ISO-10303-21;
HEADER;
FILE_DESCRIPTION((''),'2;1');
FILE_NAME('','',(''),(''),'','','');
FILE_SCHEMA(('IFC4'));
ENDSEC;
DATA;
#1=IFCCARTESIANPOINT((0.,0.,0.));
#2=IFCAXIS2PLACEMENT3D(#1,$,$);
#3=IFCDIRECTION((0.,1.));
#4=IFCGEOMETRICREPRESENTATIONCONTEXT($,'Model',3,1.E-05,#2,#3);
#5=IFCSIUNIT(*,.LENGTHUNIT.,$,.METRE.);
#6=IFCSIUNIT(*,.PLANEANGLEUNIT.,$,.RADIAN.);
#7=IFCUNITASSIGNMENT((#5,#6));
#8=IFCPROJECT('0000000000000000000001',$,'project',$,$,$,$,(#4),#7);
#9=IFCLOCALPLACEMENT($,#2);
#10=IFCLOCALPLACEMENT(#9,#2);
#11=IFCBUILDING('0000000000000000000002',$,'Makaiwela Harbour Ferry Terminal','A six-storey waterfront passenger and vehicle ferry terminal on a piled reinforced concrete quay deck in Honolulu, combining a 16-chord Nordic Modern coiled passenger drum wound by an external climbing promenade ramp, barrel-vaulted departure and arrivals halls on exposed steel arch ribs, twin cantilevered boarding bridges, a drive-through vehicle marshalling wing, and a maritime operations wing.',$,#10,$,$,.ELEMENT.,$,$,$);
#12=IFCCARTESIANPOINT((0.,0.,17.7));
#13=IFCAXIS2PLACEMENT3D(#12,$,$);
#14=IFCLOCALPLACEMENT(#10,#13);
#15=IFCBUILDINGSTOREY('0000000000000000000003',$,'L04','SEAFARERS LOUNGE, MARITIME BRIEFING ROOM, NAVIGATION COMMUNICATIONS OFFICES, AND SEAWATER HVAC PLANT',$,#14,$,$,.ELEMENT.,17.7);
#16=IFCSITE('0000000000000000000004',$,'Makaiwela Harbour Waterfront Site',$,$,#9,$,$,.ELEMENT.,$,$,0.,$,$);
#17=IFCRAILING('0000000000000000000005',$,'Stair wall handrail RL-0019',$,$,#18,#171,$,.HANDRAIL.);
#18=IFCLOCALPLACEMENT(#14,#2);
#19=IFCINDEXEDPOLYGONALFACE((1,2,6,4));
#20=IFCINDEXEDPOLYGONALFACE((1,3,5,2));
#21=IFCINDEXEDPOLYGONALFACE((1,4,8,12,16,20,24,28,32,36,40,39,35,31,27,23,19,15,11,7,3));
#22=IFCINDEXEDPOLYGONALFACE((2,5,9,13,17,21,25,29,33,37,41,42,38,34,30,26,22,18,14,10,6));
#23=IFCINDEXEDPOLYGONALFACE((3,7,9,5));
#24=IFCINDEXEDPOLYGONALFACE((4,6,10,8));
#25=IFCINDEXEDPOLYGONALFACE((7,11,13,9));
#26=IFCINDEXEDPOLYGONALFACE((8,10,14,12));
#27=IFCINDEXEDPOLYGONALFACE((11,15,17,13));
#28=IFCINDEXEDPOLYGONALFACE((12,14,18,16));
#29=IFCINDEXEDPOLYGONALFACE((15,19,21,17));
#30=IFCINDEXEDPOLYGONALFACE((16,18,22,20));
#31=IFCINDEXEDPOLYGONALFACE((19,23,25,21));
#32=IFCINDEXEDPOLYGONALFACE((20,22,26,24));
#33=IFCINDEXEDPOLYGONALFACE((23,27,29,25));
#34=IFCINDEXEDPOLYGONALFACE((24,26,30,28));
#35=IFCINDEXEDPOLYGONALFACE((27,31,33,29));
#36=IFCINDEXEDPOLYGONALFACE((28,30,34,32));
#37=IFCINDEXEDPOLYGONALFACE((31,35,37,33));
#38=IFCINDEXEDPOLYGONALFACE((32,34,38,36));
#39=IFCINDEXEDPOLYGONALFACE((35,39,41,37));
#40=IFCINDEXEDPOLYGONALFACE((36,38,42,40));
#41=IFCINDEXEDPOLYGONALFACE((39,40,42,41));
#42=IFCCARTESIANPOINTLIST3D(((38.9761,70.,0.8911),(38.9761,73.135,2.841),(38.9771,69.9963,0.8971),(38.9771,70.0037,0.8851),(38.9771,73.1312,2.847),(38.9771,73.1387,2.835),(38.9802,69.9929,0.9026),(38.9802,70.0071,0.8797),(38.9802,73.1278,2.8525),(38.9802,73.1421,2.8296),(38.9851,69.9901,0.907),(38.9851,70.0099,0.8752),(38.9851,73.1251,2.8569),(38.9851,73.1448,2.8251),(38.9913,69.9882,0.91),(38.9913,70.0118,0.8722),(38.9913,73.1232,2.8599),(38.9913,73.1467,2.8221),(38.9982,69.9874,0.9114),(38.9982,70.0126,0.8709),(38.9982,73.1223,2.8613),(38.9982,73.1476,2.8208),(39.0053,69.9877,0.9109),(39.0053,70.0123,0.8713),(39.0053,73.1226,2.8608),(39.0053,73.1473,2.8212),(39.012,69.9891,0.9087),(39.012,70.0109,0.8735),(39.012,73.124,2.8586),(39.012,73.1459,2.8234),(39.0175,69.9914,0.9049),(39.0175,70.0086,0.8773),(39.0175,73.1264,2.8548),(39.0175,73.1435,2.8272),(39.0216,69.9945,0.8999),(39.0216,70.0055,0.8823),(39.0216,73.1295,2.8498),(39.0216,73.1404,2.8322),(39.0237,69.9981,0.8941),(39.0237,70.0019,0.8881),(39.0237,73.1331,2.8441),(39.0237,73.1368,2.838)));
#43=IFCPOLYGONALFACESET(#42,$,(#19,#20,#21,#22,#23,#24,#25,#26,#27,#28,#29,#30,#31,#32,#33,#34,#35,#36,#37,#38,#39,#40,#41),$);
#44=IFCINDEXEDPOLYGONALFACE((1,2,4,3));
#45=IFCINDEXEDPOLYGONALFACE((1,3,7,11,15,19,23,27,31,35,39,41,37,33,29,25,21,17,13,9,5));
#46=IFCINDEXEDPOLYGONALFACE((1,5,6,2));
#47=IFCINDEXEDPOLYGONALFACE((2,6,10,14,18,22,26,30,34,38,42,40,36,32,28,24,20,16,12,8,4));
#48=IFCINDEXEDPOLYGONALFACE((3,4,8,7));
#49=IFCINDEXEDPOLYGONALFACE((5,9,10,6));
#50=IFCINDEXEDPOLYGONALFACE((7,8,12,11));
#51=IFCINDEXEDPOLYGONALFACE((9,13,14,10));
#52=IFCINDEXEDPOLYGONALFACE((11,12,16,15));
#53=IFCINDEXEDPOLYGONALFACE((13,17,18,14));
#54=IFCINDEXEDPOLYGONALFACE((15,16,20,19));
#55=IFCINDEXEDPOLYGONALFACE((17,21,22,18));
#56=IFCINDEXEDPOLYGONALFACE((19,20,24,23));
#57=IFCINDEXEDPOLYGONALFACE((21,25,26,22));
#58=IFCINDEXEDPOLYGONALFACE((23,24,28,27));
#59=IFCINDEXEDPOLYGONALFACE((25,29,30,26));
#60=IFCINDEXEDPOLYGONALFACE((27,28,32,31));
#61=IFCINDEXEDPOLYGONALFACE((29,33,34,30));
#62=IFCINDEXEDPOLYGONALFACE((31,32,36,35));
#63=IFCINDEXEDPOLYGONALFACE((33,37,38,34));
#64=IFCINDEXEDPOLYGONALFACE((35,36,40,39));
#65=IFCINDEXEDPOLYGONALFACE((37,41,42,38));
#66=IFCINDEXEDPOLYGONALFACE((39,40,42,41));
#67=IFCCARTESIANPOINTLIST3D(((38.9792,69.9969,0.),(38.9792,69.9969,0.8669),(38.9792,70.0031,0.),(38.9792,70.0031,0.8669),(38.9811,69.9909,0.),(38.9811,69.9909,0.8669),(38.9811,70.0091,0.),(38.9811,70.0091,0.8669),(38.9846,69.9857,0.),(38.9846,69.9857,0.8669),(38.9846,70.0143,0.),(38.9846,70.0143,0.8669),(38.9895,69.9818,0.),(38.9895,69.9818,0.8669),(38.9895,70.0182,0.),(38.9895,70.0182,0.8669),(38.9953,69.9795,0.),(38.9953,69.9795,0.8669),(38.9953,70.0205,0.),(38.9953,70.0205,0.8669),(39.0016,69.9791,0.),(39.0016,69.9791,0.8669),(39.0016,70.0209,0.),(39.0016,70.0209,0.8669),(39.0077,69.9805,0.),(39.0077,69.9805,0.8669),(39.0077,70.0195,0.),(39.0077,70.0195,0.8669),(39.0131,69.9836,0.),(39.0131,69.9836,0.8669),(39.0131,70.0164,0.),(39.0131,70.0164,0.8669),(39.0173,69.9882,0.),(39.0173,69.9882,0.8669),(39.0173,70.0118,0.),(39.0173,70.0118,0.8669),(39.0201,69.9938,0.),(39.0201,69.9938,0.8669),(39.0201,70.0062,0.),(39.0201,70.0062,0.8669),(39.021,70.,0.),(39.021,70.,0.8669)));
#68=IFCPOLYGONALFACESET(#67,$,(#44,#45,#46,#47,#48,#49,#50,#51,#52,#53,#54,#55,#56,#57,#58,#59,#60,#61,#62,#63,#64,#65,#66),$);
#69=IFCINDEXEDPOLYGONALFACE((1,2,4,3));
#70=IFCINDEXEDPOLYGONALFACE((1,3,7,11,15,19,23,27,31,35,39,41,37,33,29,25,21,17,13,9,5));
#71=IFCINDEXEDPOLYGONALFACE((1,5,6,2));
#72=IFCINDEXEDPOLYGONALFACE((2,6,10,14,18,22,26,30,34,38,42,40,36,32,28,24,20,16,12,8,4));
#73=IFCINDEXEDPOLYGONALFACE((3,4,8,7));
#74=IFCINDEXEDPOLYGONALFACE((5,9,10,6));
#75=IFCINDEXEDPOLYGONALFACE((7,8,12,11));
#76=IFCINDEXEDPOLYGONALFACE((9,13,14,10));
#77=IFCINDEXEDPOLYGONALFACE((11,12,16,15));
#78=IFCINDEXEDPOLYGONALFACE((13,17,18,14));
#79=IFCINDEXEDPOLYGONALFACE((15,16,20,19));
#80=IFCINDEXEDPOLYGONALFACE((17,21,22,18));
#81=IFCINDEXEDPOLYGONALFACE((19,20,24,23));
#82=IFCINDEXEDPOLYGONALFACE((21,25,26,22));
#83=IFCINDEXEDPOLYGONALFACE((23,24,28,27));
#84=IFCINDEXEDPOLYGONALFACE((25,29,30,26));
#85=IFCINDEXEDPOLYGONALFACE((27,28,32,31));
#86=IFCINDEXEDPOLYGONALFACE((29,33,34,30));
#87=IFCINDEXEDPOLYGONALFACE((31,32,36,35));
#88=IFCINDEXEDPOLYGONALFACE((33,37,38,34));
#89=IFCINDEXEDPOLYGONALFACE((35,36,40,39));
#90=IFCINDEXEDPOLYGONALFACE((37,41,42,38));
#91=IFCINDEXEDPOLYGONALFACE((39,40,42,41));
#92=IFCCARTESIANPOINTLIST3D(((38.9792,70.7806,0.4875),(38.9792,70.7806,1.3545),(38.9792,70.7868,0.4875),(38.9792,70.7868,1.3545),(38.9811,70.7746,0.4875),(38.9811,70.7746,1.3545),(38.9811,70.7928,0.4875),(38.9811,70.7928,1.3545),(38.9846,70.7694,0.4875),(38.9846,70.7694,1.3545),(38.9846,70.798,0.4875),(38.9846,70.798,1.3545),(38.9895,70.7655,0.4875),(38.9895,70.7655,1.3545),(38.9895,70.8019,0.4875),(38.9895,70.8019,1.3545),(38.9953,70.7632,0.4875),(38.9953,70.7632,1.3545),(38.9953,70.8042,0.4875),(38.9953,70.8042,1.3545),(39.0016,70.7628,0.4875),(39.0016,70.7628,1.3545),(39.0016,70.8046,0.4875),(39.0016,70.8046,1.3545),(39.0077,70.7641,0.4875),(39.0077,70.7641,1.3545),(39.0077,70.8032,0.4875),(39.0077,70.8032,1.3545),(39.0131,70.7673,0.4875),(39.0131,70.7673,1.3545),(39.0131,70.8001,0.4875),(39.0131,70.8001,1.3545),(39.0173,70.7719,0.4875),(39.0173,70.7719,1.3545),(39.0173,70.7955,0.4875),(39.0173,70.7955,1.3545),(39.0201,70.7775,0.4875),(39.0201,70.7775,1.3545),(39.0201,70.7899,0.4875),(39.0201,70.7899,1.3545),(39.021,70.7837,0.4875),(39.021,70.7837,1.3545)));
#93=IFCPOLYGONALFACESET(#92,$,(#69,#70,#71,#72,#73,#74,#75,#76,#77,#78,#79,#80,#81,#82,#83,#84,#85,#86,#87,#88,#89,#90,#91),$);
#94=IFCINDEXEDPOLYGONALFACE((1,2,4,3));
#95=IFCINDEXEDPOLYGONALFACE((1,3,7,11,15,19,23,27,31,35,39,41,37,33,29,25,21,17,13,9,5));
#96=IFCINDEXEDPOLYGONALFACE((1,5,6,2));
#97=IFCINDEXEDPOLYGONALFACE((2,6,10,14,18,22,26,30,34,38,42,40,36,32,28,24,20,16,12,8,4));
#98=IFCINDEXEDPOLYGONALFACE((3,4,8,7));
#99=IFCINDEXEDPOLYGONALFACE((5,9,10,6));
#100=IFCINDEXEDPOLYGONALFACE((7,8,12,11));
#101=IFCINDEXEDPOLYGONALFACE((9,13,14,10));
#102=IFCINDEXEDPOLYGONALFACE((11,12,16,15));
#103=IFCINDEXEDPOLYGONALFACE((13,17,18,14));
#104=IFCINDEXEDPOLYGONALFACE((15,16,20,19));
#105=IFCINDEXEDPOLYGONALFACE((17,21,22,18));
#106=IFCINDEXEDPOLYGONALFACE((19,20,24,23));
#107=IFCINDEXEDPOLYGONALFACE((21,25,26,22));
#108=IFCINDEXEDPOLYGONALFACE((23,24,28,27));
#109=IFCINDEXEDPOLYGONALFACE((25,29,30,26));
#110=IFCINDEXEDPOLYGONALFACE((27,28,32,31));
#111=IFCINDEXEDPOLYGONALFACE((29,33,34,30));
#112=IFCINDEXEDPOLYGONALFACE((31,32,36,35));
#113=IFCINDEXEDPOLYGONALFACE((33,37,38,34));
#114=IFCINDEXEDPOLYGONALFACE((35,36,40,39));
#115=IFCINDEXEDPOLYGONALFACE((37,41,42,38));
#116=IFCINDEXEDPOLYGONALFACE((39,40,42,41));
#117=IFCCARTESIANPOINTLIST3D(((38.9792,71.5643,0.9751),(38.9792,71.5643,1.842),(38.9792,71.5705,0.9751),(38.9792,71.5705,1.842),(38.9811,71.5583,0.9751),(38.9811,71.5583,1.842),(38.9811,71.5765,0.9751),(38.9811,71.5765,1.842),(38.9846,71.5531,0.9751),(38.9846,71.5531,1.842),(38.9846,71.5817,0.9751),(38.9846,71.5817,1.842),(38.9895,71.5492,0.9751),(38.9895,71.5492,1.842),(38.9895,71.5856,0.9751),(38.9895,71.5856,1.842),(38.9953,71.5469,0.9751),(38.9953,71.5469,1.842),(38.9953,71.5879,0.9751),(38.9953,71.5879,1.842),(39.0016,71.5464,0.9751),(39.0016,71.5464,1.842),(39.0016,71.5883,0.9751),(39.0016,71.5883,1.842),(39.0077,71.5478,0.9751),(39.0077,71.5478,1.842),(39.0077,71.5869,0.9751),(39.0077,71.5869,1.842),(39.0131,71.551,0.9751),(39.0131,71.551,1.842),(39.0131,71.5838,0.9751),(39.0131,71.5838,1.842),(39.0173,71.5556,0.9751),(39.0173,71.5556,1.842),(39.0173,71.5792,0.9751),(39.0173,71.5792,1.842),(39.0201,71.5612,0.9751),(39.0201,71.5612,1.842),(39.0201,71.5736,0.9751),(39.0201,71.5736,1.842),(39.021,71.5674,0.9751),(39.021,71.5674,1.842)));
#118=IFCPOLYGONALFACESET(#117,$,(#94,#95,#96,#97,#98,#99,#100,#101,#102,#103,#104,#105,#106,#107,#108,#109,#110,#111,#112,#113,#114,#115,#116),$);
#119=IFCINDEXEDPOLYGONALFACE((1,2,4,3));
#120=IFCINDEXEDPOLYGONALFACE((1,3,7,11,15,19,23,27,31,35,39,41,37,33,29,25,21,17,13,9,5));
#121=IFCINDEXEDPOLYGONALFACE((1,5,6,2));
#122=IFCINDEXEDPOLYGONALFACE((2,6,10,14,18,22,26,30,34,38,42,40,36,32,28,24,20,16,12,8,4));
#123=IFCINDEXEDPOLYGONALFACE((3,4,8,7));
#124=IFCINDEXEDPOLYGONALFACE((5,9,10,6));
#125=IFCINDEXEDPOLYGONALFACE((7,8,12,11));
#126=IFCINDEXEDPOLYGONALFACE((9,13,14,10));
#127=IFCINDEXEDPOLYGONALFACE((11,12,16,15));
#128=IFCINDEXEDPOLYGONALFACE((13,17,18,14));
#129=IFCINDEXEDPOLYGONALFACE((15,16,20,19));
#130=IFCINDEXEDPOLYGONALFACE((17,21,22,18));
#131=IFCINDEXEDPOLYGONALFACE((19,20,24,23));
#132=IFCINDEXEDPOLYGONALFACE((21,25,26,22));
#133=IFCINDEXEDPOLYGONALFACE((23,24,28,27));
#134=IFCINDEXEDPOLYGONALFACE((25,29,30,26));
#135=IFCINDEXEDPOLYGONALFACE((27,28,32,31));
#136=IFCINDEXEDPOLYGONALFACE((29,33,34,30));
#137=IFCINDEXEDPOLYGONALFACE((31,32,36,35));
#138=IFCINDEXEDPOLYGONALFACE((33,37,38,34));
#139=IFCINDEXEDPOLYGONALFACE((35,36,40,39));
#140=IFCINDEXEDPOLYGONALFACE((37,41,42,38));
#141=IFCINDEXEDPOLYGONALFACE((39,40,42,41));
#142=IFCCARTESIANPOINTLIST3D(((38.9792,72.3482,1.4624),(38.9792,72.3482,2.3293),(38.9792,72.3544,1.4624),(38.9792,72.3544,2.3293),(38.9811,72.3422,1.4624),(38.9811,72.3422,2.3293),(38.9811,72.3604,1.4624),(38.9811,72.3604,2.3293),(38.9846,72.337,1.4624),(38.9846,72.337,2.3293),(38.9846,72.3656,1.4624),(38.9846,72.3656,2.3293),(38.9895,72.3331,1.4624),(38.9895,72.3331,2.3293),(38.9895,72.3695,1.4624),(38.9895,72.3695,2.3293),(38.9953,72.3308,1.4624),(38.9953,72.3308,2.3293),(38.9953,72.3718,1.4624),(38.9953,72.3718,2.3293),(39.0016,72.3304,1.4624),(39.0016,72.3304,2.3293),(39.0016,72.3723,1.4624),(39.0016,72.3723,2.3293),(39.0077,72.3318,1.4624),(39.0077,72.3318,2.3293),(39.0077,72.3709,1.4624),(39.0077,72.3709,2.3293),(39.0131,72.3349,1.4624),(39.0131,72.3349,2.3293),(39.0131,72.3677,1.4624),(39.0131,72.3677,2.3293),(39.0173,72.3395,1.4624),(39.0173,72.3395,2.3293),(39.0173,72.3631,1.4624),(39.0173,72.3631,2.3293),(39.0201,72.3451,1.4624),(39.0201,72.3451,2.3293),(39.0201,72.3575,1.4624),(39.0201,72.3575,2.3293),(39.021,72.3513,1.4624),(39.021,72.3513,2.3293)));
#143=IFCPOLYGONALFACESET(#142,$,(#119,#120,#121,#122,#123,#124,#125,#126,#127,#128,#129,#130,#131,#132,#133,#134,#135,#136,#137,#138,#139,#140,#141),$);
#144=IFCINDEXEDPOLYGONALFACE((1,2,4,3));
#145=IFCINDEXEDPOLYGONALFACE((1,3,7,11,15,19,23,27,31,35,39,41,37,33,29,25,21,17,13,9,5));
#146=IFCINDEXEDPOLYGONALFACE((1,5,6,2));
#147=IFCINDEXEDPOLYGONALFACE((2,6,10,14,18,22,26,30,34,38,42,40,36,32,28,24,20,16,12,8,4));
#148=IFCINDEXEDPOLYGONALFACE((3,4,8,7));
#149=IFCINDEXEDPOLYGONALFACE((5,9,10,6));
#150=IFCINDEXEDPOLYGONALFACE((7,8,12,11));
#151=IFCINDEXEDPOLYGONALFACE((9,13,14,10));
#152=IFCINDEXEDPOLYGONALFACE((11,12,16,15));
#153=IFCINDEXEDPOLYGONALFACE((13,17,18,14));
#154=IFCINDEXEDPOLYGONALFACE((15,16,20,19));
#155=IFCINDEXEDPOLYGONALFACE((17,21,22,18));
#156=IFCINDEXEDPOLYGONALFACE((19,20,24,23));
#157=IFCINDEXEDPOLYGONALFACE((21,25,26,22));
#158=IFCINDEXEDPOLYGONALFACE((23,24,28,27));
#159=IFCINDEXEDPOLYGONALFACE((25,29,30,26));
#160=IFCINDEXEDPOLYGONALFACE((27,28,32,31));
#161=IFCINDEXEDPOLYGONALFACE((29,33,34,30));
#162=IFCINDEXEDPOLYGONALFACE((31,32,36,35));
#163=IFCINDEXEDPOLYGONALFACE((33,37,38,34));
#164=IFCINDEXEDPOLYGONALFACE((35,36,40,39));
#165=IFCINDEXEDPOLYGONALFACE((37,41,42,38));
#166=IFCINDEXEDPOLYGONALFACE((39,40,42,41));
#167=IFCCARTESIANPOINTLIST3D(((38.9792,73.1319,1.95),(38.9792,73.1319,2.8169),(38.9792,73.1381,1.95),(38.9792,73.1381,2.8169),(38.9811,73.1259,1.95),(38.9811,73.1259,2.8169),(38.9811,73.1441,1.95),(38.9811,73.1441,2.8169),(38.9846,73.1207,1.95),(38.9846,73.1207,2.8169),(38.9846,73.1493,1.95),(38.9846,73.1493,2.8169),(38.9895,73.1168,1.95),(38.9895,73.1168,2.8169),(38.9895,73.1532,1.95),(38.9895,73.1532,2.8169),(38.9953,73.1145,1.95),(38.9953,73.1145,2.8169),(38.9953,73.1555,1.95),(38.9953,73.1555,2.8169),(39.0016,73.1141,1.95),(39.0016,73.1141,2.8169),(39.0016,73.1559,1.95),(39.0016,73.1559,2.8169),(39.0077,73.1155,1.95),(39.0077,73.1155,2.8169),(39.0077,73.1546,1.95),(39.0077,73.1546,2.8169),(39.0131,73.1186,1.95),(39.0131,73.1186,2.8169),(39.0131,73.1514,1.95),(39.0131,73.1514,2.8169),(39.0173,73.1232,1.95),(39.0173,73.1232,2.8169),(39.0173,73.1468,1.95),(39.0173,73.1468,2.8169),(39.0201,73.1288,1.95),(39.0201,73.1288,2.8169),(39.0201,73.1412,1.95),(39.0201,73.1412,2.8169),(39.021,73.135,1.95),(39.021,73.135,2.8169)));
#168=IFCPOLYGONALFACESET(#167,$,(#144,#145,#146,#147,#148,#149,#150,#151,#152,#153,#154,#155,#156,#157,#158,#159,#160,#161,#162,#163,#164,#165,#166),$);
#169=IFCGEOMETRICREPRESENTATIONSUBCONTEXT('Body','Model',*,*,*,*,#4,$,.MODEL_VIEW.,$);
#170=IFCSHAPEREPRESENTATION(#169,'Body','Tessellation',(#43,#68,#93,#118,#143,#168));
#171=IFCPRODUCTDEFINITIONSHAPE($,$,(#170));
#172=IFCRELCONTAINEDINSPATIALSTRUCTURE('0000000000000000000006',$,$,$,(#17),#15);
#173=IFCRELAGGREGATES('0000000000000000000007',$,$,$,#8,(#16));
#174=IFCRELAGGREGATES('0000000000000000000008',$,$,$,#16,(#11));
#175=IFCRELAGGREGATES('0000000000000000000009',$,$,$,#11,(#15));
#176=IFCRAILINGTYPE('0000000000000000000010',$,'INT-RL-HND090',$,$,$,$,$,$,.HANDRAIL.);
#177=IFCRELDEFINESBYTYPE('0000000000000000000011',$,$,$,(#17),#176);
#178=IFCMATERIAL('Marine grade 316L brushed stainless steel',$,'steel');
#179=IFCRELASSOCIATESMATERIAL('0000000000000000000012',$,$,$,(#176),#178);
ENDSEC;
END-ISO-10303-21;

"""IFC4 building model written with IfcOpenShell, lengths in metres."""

from ifc_helpers import new_model, si_unit, direction, frame, origin, origin_2d, place, context, subcontext, project, spatial, circle, extrude, material, type_object, element, save


model = new_model("IFC4")

# Units and contexts
model_context = context("Model", 3, precision=1e-05, world=origin(), true_north=direction((0.0, 1.0)))
body_context = subcontext(model_context, "Body", "Model", "MODEL_VIEW")
ifc_project = project(units=[si_unit("LENGTHUNIT", "METRE"), si_unit("PLANEANGLEUNIT", "RADIAN")], contexts=[model_context])

# Site, building, storey
site_placement = place(None, origin())
site = spatial("IfcSite", under=ifc_project, at=site_placement, Name="Makaiwela Harbour Waterfront Site", CompositionType="ELEMENT", RefElevation=0.0)
building_placement = place(site_placement, origin())
building = spatial("IfcBuilding", under=site, at=building_placement, Name="Makaiwela Harbour Ferry Terminal", Description="A six-storey waterfront passenger and vehicle ferry terminal on a piled reinforced concrete quay deck in Honolulu, combining a 16-chord Nordic Modern coiled passenger drum wound by an external climbing promenade ramp, barrel-vaulted departure and arrivals halls on exposed steel arch ribs, twin cantilevered boarding bridges, a drive-through vehicle marshalling wing, and a maritime operations wing.", CompositionType="ELEMENT")
storey_placement = place(building_placement, frame((0.0, 0.0, 17.7)))
storey = spatial("IfcBuildingStorey", under=building, at=storey_placement, Name="L04", Description="SEAFARERS LOUNGE, MARITIME BRIEFING ROOM, NAVIGATION COMMUNICATIONS OFFICES, AND SEAWATER HVAC PLANT", CompositionType="ELEMENT", Elevation=17.7)

# Shared definitions
ifc_material_1 = material(Name="Marine grade 316L brushed stainless steel", Category="steel")

# Railing
railing_type_1 = type_object("IfcRailingType", Name="INT-RL-HND090", PredefinedType="HANDRAIL", material=ifc_material_1)
for number, where, name in (
    (1, (39.0, 70.0, 0.0), "Stair wall handrail RL-0019"),
):
    element("IfcRailing", number, at=place(storey_placement, frame(where)), inside=storey, type_object=railing_type_1, Name=name, PredefinedType="HANDRAIL", context=body_context, shape_type="SweptSolid", body=[
        extrude(circle(Radius=0.0239, at=origin_2d()), frame((0.0, 0.0, 0.8911), z_axis=(0.0, 0.849144, 0.528161), x_axis=(-1.0, 0.0, 0.0)), (0.0, 0.0, 1.0), 3.6919),
        extrude(circle(Radius=0.021, at=origin_2d()), origin(), (0.0, 0.0, 1.0), 0.8669),
        extrude(circle(Radius=0.021, at=origin_2d()), frame((0.0, 0.7837, 0.4875)), (0.0, 0.0, 1.0), 0.8669),
        extrude(circle(Radius=0.021, at=origin_2d()), frame((0.0, 1.5674, 0.9751)), (0.0, 0.0, 1.0), 0.8669),
        extrude(circle(Radius=0.021, at=origin_2d()), frame((0.0, 2.3513, 1.4624)), (0.0, 0.0, 1.0), 0.8669),
        extrude(circle(Radius=0.021, at=origin_2d()), frame((0.0, 3.135, 1.95)), (0.0, 0.0, 1.0), 0.8669),
    ])

save(model, "model.ifc")
